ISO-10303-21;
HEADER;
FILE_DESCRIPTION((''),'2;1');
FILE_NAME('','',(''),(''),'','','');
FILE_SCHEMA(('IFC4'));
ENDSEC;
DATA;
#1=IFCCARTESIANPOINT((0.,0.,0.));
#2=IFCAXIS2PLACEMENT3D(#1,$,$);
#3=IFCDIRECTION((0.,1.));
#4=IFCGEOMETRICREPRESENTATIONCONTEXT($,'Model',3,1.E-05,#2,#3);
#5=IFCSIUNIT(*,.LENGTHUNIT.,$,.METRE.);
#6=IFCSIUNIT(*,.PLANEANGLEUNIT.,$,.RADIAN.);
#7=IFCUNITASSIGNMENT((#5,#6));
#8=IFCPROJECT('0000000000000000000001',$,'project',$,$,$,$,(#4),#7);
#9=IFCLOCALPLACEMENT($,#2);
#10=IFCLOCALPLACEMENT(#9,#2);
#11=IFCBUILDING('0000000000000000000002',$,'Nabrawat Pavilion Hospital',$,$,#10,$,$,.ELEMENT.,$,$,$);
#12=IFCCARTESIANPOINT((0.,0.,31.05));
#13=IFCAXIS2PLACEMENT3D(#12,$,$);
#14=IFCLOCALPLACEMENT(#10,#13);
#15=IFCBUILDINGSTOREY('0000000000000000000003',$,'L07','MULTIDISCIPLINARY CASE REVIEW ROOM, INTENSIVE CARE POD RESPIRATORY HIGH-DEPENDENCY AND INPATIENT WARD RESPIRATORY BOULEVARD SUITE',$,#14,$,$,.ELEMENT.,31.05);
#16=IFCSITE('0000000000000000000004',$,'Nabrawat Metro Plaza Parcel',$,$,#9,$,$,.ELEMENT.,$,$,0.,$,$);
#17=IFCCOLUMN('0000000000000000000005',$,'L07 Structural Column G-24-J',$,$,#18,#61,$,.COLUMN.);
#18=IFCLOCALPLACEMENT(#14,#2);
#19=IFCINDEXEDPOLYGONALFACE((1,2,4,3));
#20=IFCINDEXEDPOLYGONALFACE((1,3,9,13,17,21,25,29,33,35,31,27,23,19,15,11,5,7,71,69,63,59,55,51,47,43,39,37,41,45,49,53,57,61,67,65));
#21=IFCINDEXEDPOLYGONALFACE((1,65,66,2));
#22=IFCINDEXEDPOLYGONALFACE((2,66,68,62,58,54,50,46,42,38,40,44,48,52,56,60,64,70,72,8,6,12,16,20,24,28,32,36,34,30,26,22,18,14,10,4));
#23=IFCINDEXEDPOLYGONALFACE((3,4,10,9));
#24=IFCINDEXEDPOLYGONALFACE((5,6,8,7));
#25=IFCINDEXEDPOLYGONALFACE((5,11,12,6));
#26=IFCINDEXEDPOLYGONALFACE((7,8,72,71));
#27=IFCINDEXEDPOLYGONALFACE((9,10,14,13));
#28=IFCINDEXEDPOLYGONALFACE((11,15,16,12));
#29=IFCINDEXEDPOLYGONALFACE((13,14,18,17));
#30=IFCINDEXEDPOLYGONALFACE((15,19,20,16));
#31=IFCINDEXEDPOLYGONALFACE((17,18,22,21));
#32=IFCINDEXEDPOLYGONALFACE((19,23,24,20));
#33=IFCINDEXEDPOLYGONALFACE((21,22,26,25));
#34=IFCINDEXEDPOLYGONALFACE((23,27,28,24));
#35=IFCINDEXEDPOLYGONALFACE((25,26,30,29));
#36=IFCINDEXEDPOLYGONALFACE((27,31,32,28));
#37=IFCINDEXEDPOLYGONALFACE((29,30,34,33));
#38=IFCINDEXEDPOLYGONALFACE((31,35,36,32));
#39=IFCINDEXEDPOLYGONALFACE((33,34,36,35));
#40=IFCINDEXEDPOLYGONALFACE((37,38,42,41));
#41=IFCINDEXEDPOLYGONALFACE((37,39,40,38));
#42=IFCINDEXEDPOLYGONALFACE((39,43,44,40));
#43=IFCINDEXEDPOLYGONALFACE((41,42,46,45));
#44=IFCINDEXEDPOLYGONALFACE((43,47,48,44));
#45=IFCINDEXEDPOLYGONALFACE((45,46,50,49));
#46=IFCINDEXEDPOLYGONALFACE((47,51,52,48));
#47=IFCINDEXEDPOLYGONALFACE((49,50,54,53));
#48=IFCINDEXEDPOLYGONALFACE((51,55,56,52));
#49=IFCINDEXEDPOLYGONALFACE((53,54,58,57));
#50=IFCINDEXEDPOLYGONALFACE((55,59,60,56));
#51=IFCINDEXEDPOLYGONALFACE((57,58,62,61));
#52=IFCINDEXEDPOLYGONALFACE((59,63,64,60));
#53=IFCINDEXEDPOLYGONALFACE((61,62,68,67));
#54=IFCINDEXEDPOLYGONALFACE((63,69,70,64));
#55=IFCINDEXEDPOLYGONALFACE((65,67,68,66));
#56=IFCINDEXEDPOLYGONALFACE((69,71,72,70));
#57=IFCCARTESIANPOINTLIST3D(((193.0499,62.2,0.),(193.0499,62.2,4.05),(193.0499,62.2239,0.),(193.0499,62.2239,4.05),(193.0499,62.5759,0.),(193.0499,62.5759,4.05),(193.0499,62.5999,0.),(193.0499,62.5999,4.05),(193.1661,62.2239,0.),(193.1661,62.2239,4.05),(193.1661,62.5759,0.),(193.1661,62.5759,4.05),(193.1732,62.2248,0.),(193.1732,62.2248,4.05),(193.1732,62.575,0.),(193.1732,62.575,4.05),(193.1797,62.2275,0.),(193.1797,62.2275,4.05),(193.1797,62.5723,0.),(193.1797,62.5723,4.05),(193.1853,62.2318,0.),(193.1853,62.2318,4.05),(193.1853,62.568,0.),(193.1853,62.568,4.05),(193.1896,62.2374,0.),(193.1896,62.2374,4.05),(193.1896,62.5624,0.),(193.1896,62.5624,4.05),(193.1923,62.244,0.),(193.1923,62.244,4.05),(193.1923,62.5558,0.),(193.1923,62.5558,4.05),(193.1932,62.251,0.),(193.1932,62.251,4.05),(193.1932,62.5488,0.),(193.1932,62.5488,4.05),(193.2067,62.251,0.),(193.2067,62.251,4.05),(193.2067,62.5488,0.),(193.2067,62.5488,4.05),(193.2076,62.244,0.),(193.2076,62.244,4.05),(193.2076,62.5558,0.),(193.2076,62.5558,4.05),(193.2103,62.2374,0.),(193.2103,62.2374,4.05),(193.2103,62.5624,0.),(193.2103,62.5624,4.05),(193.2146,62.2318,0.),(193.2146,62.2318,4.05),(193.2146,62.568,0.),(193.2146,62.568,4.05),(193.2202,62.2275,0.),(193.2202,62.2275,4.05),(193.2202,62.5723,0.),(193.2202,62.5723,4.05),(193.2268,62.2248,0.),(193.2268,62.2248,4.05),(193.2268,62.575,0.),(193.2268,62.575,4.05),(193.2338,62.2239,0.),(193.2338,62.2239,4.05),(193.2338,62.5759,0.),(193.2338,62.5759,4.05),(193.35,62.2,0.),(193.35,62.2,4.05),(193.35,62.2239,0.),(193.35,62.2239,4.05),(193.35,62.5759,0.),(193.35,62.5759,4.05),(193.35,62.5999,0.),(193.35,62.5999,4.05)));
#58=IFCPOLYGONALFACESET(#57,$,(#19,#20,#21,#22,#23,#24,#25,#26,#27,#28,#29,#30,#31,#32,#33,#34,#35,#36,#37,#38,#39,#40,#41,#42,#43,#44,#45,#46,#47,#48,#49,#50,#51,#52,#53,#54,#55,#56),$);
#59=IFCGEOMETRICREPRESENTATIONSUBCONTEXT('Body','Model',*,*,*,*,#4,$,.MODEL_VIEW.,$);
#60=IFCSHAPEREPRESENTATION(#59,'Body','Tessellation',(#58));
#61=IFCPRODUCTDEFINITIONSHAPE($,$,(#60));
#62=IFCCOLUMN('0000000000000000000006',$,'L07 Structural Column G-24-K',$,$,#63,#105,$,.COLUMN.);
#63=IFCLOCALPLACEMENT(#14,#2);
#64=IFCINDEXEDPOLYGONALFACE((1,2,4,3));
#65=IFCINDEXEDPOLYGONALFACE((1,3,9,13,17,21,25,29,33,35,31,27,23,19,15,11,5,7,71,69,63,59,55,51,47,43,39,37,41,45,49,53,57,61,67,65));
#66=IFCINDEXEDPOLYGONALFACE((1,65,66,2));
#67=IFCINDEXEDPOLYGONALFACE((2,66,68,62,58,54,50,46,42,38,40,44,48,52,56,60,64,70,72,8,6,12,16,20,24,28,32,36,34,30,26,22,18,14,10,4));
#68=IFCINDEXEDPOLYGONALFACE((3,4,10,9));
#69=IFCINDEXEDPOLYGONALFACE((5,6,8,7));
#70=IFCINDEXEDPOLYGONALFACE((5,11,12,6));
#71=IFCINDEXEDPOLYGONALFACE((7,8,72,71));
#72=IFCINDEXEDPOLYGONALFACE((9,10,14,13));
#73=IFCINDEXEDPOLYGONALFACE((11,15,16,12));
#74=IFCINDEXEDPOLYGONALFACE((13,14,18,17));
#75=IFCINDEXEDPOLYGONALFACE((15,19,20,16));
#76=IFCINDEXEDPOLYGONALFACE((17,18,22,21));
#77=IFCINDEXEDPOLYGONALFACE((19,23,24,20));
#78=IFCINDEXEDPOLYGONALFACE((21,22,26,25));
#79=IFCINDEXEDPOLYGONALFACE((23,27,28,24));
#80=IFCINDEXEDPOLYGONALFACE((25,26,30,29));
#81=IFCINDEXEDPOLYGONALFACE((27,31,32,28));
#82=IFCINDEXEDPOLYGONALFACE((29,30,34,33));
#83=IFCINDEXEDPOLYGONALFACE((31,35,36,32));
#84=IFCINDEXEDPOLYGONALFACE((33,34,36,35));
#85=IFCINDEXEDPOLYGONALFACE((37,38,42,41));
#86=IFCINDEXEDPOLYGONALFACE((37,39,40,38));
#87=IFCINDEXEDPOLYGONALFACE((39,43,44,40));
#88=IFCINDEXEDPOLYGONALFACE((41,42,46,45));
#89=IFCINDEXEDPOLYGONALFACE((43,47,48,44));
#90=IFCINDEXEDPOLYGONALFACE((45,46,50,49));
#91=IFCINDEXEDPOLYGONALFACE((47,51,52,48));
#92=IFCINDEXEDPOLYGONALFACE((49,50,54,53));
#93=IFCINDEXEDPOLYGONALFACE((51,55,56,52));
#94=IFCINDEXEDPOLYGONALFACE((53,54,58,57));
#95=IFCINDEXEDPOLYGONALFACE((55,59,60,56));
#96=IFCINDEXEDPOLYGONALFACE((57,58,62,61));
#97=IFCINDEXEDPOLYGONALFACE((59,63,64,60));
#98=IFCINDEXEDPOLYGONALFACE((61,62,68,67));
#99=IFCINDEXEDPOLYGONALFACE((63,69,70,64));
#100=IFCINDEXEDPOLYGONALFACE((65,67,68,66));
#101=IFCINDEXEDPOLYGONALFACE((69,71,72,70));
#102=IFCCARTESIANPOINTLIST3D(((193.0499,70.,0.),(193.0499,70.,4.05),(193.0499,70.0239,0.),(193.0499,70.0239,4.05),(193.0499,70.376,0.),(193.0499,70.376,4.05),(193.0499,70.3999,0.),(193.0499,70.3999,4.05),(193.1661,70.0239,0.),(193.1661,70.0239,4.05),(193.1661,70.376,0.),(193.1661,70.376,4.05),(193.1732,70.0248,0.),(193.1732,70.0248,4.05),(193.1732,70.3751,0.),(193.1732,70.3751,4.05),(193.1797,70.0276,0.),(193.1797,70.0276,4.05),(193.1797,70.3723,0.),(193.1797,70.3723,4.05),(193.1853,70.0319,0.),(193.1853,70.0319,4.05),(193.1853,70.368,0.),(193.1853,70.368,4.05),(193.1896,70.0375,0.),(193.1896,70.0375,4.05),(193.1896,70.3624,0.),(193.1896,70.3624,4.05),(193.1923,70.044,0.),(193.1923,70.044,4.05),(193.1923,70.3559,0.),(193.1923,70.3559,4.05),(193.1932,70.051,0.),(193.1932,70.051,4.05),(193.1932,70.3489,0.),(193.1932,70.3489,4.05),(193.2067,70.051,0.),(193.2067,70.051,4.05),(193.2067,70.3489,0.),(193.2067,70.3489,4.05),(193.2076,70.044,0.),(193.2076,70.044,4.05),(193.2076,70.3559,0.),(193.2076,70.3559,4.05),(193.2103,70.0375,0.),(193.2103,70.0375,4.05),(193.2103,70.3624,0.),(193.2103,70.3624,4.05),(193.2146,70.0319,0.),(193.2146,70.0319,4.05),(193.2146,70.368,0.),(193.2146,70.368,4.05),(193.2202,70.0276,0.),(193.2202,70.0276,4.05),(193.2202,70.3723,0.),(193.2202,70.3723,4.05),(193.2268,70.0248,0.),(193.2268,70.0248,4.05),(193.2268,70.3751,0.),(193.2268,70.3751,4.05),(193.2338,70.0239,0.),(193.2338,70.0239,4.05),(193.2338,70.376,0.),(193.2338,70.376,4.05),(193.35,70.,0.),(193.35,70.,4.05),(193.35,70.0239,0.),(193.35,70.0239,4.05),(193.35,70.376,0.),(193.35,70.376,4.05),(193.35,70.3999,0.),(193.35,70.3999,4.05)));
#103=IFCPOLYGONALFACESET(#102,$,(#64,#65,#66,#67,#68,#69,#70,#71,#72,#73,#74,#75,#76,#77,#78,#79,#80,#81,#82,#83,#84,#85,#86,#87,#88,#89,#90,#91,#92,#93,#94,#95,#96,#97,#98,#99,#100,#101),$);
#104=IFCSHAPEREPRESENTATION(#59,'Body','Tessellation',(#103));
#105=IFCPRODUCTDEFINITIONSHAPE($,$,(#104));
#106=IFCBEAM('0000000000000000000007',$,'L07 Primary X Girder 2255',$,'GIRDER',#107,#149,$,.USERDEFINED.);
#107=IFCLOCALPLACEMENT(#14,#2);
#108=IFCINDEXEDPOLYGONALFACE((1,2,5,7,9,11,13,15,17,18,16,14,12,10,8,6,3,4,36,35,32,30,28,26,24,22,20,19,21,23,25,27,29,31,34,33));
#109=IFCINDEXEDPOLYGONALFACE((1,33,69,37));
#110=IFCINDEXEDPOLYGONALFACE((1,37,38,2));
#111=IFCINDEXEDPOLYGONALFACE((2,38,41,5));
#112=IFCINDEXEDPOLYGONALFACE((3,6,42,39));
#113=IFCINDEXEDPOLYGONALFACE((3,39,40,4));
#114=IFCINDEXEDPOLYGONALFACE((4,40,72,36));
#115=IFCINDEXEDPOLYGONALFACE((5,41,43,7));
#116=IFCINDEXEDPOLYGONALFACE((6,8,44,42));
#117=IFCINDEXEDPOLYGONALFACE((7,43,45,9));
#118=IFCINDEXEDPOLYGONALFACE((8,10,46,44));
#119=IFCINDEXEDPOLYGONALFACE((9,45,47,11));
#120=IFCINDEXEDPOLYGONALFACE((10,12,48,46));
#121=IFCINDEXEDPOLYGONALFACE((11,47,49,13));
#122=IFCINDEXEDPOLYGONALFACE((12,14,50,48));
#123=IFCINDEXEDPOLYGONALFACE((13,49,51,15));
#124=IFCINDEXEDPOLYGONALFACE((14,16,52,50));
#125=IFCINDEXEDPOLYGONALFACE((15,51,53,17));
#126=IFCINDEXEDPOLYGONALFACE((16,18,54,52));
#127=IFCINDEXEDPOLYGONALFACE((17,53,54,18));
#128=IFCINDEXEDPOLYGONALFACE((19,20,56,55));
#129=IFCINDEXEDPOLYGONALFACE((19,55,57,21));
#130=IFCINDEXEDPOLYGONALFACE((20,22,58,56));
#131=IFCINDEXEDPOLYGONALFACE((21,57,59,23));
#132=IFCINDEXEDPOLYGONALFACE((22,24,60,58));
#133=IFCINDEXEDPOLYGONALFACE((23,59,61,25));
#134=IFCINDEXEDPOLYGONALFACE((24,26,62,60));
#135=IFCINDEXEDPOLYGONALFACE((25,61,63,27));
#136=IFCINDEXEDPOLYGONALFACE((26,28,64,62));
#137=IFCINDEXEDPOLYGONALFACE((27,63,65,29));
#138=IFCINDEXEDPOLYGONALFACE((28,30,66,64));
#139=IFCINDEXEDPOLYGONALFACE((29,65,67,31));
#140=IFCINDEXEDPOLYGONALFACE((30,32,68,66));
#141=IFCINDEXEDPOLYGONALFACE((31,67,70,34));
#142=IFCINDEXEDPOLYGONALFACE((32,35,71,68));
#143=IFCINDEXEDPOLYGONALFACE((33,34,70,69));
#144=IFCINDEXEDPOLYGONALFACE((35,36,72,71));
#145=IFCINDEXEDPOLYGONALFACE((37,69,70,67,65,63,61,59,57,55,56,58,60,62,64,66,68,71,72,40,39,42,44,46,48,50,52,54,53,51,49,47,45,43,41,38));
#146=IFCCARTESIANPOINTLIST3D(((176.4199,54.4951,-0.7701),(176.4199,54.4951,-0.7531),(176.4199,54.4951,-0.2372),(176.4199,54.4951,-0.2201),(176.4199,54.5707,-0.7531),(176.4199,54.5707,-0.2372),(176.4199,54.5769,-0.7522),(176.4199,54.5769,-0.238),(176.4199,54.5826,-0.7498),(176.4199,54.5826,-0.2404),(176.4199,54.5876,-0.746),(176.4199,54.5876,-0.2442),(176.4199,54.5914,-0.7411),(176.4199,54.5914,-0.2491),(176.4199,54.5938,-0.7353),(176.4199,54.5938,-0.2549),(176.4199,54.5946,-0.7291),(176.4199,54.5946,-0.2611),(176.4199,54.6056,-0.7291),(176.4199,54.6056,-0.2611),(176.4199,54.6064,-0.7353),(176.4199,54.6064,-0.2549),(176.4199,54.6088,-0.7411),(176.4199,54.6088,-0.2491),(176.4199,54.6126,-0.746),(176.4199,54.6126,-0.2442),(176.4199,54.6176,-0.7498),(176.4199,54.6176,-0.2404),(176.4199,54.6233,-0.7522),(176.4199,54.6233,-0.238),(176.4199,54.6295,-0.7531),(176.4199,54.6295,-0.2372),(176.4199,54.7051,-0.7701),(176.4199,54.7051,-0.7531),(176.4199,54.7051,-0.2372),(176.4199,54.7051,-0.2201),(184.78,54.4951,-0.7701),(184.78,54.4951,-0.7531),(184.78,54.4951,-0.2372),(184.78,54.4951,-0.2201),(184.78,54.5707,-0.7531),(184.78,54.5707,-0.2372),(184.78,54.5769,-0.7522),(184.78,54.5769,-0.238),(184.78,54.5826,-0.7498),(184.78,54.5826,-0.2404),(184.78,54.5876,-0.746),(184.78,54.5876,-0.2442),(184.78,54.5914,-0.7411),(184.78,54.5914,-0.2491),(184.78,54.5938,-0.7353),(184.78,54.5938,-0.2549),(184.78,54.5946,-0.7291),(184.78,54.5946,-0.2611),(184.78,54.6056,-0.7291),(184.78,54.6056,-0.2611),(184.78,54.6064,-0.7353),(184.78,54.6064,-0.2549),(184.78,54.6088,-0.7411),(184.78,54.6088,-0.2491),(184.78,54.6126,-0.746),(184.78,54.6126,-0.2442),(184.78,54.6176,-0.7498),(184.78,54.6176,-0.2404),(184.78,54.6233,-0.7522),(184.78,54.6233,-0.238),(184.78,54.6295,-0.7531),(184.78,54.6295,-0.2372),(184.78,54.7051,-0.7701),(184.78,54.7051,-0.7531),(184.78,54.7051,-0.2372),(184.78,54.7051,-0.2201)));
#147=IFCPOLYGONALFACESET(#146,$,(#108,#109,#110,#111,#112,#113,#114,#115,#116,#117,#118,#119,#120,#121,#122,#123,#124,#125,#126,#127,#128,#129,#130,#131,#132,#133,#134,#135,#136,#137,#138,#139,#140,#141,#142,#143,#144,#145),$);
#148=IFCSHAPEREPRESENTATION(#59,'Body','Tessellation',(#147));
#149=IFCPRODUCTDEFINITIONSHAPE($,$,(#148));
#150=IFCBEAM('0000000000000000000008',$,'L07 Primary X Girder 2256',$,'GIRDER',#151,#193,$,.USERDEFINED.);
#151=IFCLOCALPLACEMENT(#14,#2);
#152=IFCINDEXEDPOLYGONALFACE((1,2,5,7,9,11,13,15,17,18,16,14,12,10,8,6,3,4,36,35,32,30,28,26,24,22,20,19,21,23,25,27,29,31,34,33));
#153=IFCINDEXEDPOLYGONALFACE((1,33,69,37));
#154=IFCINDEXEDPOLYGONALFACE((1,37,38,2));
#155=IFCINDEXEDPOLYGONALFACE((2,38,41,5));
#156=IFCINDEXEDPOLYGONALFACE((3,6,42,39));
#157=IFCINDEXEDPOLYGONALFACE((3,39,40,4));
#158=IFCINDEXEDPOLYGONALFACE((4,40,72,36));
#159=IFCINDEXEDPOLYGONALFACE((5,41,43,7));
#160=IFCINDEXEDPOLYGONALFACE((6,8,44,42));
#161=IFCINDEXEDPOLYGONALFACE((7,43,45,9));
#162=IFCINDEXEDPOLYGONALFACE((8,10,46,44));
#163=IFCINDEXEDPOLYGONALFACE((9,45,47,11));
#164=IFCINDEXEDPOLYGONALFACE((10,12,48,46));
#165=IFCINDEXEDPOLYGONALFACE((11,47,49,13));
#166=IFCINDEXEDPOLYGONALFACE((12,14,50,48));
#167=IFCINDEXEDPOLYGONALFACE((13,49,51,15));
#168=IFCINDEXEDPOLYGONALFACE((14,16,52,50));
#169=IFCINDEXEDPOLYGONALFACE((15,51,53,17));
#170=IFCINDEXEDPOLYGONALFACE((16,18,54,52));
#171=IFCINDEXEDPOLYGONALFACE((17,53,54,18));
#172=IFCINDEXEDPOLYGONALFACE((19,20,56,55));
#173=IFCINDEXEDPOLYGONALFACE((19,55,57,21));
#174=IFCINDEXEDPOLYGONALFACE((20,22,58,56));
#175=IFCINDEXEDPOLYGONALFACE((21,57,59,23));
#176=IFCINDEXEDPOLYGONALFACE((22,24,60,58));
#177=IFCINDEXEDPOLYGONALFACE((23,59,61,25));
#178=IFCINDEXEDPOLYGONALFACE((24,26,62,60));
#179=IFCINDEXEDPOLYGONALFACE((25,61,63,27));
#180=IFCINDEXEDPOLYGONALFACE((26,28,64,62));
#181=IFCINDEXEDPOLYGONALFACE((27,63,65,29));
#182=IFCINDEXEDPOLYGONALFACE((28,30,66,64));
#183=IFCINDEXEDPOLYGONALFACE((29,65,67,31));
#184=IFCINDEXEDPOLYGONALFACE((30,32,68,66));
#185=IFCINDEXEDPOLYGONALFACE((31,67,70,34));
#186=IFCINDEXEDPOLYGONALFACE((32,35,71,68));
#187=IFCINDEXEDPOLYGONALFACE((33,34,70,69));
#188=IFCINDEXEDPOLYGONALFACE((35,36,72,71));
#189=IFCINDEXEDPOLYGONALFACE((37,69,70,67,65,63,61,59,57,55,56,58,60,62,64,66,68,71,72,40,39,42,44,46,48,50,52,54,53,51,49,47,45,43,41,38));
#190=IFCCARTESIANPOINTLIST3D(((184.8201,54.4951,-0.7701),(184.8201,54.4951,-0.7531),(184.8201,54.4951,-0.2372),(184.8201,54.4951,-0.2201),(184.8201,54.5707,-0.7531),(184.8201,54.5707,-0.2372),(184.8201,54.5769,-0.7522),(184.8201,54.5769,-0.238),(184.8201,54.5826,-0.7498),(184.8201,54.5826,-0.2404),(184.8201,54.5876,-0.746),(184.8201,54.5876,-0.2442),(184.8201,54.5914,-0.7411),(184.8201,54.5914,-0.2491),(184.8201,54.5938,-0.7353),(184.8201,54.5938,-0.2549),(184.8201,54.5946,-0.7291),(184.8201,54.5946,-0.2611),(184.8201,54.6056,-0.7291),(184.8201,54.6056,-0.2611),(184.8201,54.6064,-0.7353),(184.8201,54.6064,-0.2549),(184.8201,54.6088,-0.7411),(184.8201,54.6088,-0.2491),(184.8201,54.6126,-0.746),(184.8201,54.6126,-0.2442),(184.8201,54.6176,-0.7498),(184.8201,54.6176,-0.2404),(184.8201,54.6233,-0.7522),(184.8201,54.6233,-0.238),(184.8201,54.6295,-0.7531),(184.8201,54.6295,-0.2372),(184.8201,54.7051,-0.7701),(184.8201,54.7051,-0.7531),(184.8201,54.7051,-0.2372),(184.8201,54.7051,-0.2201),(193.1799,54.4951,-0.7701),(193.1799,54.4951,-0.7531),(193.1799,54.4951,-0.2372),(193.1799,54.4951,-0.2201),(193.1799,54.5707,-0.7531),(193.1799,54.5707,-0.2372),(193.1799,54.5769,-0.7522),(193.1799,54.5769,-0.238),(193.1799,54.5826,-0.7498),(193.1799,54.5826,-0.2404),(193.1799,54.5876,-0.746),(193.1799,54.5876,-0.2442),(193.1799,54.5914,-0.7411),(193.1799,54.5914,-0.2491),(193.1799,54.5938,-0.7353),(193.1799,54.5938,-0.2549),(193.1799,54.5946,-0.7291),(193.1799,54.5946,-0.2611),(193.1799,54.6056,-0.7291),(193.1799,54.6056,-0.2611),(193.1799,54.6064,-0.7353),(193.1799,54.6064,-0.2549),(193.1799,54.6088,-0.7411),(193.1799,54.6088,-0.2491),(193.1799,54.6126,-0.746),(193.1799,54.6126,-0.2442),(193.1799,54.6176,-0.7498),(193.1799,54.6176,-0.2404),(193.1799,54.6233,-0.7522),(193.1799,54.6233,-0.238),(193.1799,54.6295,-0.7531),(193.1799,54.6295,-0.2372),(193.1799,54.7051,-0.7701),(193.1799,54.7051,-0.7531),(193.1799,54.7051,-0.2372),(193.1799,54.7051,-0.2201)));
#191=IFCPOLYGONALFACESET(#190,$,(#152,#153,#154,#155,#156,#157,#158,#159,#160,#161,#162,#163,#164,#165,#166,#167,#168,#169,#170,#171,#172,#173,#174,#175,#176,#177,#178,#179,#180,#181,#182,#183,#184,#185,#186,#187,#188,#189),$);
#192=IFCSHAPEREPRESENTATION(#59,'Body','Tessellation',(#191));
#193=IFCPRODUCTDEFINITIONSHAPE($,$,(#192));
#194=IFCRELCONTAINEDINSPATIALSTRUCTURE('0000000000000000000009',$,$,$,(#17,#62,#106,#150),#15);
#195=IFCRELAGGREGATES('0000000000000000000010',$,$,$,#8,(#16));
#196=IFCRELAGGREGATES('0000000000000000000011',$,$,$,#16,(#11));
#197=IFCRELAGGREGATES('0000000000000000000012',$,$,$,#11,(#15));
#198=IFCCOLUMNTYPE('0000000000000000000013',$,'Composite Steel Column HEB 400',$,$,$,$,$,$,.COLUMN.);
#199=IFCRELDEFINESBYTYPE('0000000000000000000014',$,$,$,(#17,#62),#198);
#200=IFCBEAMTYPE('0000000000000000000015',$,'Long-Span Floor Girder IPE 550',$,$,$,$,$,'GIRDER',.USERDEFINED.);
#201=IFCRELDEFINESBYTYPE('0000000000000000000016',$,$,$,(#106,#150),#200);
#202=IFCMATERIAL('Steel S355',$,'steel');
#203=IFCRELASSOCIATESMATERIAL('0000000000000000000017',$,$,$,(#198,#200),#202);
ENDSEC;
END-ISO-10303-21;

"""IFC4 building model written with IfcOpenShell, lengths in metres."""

from ifc_helpers import new_model, si_unit, direction, frame, origin, origin_2d, place, context, subcontext, project, spatial, i_section, extrude, material, material_profile, profile_set, type_object, element, save


model = new_model("IFC4")

# Units and contexts
model_context = context("Model", 3, precision=1e-05, world=origin(), true_north=direction((0.0, 1.0)))
body_context = subcontext(model_context, "Body", "Model", "MODEL_VIEW")
ifc_project = project(units=[si_unit("LENGTHUNIT", "METRE"), si_unit("PLANEANGLEUNIT", "RADIAN")], contexts=[model_context])

# Site, building, storey
site_placement = place(None, origin())
site = spatial("IfcSite", under=ifc_project, at=site_placement, Name="Nabrawat Metro Plaza Parcel", CompositionType="ELEMENT", RefElevation=0.0)
building_placement = place(site_placement, origin())
building = spatial("IfcBuilding", under=site, at=building_placement, Name="Nabrawat Pavilion Hospital", CompositionType="ELEMENT")
storey_placement = place(building_placement, frame((0.0, 0.0, 31.05)))
storey = spatial("IfcBuildingStorey", under=building, at=storey_placement, Name="L07", Description="MULTIDISCIPLINARY CASE REVIEW ROOM, INTENSIVE CARE POD RESPIRATORY HIGH-DEPENDENCY AND INPATIENT WARD RESPIRATORY BOULEVARD SUITE", CompositionType="ELEMENT", Elevation=31.05)

# Columns
ifc_material_1 = material(Name="Steel S355", Category="steel")
ifc_material_profile_1 = material_profile(ifc_material_1, i_section(OverallWidth=0.3, OverallDepth=0.3999, WebThickness=0.0134, FlangeThickness=0.0239, FilletRadius=0.0271, at=origin_2d()), Name="HEB 400")
ifc_profile_set_1 = profile_set([ifc_material_profile_1], Name="Steel S355")
column_type = type_object("IfcColumnType", Name="Composite Steel Column HEB 400", PredefinedType="COLUMN", material=ifc_profile_set_1)
for number, where, z_axis, x_axis, name in (
    (1, (193.2, 62.3999, 0.0), (0.0, 0.0, 1.0), (1.0, 0.0, 0.0), "L07 Structural Column G-24-J"),
    (2, (193.2, 70.2, 0.0), (0.0, 0.0, 1.0), (1.0, 0.0, 0.0), "L07 Structural Column G-24-K"),
):
    element("IfcColumn", number, at=place(storey_placement, frame(where, z_axis=z_axis, x_axis=x_axis)), inside=storey, type_object=column_type, Name=name, PredefinedType="COLUMN", context=body_context, shape_type="SweptSolid", body=[
        extrude(i_section(OverallWidth=0.3, OverallDepth=0.3999, WebThickness=0.0134, FlangeThickness=0.0239, FilletRadius=0.0271, at=origin_2d()), origin(), (0.0, 0.0, 1.0), 4.05),
    ])

# Beams
ifc_material_profile_2 = material_profile(ifc_material_1, i_section(OverallWidth=0.21, OverallDepth=0.55, WebThickness=0.011, FlangeThickness=0.0171, FilletRadius=0.0239, at=origin_2d()), Name="IPE 550")
ifc_profile_set_2 = profile_set([ifc_material_profile_2], Name="Steel S355")
beam_type_1 = type_object("IfcBeamType", Name="Long-Span Floor Girder IPE 550", ElementType="GIRDER", PredefinedType="USERDEFINED", material=ifc_profile_set_2)
beam_1_placement = place(storey_placement, frame((176.4199, 54.6001, -0.4951), z_axis=(1.0, 0.0, 0.0), x_axis=(0.0, 1.0, 0.0)))
element("IfcBeam", 3, at=beam_1_placement, inside=storey, type_object=beam_type_1, Name="L07 Primary X Girder 2255", ObjectType="GIRDER", PredefinedType="USERDEFINED", context=body_context, shape_type="SweptSolid", body=[
    extrude(i_section(OverallWidth=0.21, OverallDepth=0.55, WebThickness=0.011, FlangeThickness=0.0171, FilletRadius=0.0239, at=origin_2d()), origin(), (0.0, 0.0, 1.0), 8.3601),
])
beam_2_placement = place(storey_placement, frame((184.8201, 54.6001, -0.4951), z_axis=(1.0, 0.0, 0.0), x_axis=(0.0, 1.0, 0.0)))
element("IfcBeam", 4, at=beam_2_placement, inside=storey, type_object=beam_type_1, Name="L07 Primary X Girder 2256", ObjectType="GIRDER", PredefinedType="USERDEFINED", context=body_context, shape_type="SweptSolid", body=[
    extrude(i_section(OverallWidth=0.21, OverallDepth=0.55, WebThickness=0.011, FlangeThickness=0.0171, FilletRadius=0.0239, at=origin_2d()), origin(), (0.0, 0.0, 1.0), 8.3599),
])

save(model, "model.ifc")
